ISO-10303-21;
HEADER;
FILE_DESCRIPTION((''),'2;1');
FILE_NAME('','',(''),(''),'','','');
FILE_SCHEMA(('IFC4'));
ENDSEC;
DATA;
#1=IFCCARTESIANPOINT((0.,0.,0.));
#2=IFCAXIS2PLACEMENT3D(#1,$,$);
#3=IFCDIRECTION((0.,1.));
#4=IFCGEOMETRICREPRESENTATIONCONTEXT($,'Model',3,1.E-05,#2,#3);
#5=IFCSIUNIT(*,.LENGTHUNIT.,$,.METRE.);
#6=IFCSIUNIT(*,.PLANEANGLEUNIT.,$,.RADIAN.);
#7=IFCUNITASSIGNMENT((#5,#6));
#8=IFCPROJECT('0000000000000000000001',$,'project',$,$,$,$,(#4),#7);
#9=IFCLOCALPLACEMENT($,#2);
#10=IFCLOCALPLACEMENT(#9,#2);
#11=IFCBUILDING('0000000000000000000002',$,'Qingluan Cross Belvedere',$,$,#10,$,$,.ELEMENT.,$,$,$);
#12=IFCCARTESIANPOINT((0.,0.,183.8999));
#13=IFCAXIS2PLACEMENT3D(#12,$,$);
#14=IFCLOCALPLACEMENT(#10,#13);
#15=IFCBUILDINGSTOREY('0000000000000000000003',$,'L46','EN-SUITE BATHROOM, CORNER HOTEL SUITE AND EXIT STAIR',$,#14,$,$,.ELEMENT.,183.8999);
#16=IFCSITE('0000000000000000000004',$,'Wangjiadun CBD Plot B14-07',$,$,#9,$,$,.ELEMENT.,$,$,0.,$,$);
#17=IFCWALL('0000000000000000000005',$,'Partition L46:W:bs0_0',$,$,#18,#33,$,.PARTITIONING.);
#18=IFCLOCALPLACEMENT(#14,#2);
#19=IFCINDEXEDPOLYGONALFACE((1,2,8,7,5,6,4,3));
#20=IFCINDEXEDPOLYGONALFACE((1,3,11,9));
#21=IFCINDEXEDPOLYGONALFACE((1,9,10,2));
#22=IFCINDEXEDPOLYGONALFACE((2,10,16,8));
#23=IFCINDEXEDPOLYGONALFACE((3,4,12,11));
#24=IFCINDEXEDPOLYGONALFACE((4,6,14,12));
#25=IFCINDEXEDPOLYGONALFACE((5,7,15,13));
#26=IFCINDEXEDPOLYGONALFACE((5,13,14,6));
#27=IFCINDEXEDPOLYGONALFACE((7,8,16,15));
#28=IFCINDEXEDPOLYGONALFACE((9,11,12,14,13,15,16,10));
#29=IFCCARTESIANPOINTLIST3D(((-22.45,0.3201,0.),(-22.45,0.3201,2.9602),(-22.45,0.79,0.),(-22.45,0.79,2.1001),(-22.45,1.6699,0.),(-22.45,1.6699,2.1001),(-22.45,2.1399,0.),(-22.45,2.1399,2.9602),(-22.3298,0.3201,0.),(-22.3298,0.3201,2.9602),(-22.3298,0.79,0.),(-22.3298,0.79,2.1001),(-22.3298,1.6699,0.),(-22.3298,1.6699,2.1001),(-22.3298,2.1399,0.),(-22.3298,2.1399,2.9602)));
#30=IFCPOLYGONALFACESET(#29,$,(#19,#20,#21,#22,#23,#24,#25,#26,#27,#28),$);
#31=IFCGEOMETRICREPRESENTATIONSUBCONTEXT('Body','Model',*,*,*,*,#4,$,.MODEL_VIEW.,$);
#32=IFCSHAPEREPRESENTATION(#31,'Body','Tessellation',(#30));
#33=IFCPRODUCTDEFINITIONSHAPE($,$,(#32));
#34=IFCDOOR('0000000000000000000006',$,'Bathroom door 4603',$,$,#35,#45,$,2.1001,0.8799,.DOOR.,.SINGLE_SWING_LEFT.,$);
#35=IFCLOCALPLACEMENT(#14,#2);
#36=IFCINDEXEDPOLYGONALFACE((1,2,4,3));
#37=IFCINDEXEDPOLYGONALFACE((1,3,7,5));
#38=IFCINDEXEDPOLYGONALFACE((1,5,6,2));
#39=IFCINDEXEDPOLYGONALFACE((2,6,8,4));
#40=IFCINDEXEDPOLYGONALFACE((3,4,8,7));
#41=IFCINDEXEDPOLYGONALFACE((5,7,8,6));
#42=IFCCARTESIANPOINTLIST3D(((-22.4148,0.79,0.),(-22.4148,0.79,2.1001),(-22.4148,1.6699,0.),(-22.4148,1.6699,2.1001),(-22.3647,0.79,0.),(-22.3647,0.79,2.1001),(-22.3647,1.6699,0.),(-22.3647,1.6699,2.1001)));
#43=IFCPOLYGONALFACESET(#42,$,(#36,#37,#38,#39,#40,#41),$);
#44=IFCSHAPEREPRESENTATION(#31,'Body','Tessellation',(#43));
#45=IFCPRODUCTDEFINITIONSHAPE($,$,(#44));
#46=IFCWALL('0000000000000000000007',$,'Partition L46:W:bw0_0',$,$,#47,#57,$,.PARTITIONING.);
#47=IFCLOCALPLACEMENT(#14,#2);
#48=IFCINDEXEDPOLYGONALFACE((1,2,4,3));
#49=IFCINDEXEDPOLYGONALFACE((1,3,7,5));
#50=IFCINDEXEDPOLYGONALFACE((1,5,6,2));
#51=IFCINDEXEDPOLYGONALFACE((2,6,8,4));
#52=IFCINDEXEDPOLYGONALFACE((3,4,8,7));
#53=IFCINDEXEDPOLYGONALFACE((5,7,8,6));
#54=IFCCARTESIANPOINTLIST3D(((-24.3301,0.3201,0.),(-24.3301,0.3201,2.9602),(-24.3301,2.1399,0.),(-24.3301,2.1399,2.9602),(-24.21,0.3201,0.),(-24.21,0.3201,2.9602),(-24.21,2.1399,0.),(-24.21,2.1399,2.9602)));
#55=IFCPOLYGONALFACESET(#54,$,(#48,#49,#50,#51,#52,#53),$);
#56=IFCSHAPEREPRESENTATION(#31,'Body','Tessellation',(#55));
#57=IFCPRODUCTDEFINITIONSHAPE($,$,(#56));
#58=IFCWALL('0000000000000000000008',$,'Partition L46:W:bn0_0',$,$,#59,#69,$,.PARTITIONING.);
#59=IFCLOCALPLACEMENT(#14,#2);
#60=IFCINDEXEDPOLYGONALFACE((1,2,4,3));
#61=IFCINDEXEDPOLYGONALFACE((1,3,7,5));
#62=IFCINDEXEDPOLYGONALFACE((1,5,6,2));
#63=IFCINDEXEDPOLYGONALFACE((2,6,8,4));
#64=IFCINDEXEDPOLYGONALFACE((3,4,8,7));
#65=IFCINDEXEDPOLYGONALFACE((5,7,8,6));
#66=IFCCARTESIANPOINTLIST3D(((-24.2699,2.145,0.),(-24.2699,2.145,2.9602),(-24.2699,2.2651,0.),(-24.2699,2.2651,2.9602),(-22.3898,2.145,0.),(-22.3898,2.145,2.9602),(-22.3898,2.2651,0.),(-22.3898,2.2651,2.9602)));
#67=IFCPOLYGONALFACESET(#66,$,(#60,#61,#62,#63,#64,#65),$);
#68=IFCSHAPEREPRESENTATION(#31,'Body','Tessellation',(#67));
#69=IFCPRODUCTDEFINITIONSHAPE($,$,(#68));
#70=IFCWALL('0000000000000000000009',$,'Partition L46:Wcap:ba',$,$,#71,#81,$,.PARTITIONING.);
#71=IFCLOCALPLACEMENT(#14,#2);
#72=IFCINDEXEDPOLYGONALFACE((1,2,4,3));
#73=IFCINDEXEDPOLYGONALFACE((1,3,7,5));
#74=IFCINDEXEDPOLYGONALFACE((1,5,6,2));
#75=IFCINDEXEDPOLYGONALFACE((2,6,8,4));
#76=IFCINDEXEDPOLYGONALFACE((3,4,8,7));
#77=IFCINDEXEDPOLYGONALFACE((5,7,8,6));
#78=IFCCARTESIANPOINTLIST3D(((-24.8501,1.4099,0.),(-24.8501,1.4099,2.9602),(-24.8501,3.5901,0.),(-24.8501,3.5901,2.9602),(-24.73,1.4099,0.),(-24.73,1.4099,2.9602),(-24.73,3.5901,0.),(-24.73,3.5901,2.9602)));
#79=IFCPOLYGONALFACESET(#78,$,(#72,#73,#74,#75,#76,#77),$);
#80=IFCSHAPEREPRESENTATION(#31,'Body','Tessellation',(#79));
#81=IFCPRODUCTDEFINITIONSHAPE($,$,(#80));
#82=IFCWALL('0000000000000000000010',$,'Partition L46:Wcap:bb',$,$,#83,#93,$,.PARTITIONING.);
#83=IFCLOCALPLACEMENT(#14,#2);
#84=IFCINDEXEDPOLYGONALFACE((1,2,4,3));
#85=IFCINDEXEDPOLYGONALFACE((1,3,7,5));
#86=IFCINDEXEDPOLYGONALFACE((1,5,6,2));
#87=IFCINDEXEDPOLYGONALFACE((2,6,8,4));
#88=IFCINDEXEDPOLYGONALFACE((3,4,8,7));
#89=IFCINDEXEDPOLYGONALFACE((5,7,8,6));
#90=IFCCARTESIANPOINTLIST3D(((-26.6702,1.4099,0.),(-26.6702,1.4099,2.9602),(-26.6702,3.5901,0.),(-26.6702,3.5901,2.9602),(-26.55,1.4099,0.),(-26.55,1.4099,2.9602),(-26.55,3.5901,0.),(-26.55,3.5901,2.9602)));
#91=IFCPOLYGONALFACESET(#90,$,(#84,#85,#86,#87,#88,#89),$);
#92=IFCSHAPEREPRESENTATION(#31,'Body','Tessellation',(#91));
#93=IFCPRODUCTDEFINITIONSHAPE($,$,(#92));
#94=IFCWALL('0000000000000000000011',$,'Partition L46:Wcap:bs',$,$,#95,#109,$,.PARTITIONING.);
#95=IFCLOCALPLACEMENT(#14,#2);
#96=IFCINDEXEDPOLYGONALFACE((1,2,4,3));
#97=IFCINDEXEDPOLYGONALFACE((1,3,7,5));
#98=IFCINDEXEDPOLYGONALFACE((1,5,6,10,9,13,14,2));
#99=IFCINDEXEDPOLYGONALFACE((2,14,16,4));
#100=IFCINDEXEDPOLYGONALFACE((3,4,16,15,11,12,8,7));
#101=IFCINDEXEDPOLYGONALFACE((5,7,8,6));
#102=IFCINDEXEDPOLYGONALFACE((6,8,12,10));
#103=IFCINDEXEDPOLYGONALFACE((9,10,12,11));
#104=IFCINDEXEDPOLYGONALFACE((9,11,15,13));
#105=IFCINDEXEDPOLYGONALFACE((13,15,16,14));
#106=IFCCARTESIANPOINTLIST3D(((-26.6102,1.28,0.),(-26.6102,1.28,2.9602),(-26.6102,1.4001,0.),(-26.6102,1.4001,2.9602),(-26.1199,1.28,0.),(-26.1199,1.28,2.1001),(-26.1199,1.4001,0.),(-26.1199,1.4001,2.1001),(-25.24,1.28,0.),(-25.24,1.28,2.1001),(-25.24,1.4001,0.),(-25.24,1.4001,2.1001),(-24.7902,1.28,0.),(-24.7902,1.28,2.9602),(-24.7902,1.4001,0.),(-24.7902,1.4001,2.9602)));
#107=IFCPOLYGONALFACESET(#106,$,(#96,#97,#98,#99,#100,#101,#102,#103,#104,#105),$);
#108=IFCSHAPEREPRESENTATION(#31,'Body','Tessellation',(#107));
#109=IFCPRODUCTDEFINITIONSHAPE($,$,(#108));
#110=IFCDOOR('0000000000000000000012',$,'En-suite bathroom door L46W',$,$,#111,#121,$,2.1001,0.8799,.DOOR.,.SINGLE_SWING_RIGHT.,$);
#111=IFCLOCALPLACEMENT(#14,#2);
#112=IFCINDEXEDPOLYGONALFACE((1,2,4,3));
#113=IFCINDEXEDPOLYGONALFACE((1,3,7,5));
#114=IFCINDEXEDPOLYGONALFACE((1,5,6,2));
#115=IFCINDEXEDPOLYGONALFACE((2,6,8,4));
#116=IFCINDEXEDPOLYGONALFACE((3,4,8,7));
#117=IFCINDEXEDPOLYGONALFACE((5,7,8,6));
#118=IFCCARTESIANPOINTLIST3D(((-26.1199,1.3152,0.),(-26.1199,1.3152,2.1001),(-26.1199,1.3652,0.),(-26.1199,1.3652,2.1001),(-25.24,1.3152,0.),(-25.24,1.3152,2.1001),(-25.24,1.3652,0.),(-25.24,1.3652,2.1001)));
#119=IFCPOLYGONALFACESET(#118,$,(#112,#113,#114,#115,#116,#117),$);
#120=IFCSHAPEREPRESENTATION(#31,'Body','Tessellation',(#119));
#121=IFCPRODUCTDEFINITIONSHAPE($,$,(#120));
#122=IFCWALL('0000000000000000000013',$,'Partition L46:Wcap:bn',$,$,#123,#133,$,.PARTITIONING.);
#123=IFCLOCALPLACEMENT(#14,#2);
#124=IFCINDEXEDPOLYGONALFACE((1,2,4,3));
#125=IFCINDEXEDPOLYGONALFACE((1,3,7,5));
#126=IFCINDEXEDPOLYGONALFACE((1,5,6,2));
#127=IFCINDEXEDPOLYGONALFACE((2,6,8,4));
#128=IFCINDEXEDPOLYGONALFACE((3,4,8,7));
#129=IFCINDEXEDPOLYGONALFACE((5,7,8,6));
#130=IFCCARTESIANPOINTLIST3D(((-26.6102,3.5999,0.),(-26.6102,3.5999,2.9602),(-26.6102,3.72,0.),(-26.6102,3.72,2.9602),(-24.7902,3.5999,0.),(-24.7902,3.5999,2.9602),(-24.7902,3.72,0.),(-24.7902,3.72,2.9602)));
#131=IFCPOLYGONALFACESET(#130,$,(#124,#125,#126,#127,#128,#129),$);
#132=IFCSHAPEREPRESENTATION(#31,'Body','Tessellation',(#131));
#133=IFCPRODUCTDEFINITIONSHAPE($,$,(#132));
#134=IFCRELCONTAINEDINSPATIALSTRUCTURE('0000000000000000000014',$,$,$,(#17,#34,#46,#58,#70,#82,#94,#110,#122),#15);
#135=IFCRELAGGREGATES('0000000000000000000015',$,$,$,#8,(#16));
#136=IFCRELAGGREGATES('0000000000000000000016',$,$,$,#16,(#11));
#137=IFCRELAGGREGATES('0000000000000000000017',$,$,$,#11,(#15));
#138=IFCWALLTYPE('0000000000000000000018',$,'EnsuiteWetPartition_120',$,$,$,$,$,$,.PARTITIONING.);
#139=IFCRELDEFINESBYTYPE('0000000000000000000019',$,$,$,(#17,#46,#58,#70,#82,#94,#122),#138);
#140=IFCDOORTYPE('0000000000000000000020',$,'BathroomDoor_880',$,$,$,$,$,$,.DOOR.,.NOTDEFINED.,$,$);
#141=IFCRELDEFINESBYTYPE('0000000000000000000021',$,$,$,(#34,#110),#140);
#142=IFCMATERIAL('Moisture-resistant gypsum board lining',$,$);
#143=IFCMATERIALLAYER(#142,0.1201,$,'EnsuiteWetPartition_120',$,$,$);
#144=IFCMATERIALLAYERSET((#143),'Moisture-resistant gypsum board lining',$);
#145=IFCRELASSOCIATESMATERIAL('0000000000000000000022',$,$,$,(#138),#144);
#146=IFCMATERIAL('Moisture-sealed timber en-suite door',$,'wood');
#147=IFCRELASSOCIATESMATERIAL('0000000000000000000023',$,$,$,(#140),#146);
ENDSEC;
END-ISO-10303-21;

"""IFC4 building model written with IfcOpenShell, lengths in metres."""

from ifc_helpers import new_model, si_unit, direction, frame, frame_2d, origin, place, context, subcontext, project, spatial, rectangle, extrude, material, layer, layer_set, type_object, element, fill, save


model = new_model("IFC4")

# Units and contexts
model_context = context("Model", 3, precision=1e-05, world=origin(), true_north=direction((0.0, 1.0)))
body_context = subcontext(model_context, "Body", "Model", "MODEL_VIEW")
ifc_project = project(units=[si_unit("LENGTHUNIT", "METRE"), si_unit("PLANEANGLEUNIT", "RADIAN")], contexts=[model_context])

# Site, building, storey
site_placement = place(None, origin())
site = spatial("IfcSite", under=ifc_project, at=site_placement, Name="Wangjiadun CBD Plot B14-07", CompositionType="ELEMENT", RefElevation=0.0)
building_placement = place(site_placement, origin())
building = spatial("IfcBuilding", under=site, at=building_placement, Name="Qingluan Cross Belvedere", CompositionType="ELEMENT")
storey_placement = place(building_placement, frame((0.0, 0.0, 183.8999)))
storey = spatial("IfcBuildingStorey", under=building, at=storey_placement, Name="L46", Description="EN-SUITE BATHROOM, CORNER HOTEL SUITE AND EXIT STAIR", CompositionType="ELEMENT", Elevation=183.8999)

# Wall, opening, door
ifc_material_1 = material(Name="Moisture-resistant gypsum board lining")
ifc_layer_1 = layer(ifc_material_1, 0.1201, Name="EnsuiteWetPartition_120")
ifc_layer_set_1 = layer_set([ifc_layer_1], Name="Moisture-resistant gypsum board lining")
wall_type_1 = type_object("IfcWallType", Name="EnsuiteWetPartition_120", PredefinedType="PARTITIONING", material=ifc_layer_set_1)
wall_1_placement = place(storey_placement, frame((-22.3899, 0.3201, 0.0), z_axis=(0.0, 0.0, 1.0), x_axis=(0.0, 1.0, 0.0)))
wall_1 = element("IfcWall", 1, at=wall_1_placement, inside=storey, type_object=wall_type_1, Name="Partition L46:W:bs0_0", PredefinedType="PARTITIONING", context=body_context, shape_type="SweptSolid", body=[
    extrude(rectangle(XDim=1.8198, YDim=0.1201, at=frame_2d((0.9099, 0.0))), origin(), (0.0, 0.0, 1.0), 2.9602),
])
opening_1_placement = place(wall_1_placement, frame((0.47, 0.0, 0.0)))
opening_1 = element("IfcOpeningElement", 2, at=opening_1_placement, cuts=wall_1, PredefinedType="OPENING", context=body_context, shape_type="SweptSolid", body=[
    extrude(rectangle(XDim=0.8799, YDim=2.1001, at=frame_2d((0.4399, 1.05))), frame((0.0, 0.0701, 0.0), z_axis=(0.0, -1.0, 0.0), x_axis=(1.0, 0.0, 0.0)), (0.0, 0.0, 1.0), 0.1401),
])
ifc_material_2 = material(Name="Moisture-sealed timber en-suite door", Category="wood")
door_type_1 = type_object("IfcDoorType", Name="BathroomDoor_880", OperationType="NOTDEFINED", PredefinedType="DOOR", material=ifc_material_2)
door_1_placement = place(opening_1_placement, origin())
door_1 = element("IfcDoor", 3, at=door_1_placement, inside=storey, type_object=door_type_1, Name="Bathroom door 4603", OperationType="SINGLE_SWING_LEFT", OverallHeight=2.1001, OverallWidth=0.8799, PredefinedType="DOOR", context=body_context, shape_type="SweptSolid", body=[
    extrude(rectangle(XDim=0.8799, YDim=2.1001, at=frame_2d((0.4399, 1.05))), frame((0.0, 0.0249, 0.0), z_axis=(0.0, -1.0, 0.0), x_axis=(1.0, 0.0, 0.0)), (0.0, 0.0, 1.0), 0.05),
])
fill(opening_1, door_1)

# Walls
wall_2_placement = place(storey_placement, frame((-24.27, 0.3201, 0.0), z_axis=(0.0, 0.0, 1.0), x_axis=(0.0, 1.0, 0.0)))
element("IfcWall", 4, at=wall_2_placement, inside=storey, type_object=wall_type_1, Name="Partition L46:W:bw0_0", PredefinedType="PARTITIONING", context=body_context, shape_type="SweptSolid", body=[
    extrude(rectangle(XDim=1.8198, YDim=0.1201, at=frame_2d((0.9099, 0.0))), origin(), (0.0, 0.0, 1.0), 2.9602),
])
wall_3_placement = place(storey_placement, frame((-22.3899, 2.2051, 0.0), z_axis=(0.0, 0.0, 1.0), x_axis=(-1.0, 0.0, 0.0)))
element("IfcWall", 5, at=wall_3_placement, inside=storey, type_object=wall_type_1, Name="Partition L46:W:bn0_0", PredefinedType="PARTITIONING", context=body_context, shape_type="SweptSolid", body=[
    extrude(rectangle(XDim=1.8801, YDim=0.1201, at=frame_2d((0.9399, 0.0))), origin(), (0.0, 0.0, 1.0), 2.9602),
])
for number, where, z_axis, x_axis, name in (
    (6, (-24.79, 1.4099, 0.0), (0.0, 0.0, 1.0), (0.0, 1.0, 0.0), "Partition L46:Wcap:ba"),
    (7, (-26.6101, 1.4099, 0.0), (0.0, 0.0, 1.0), (0.0, 1.0, 0.0), "Partition L46:Wcap:bb"),
):
    element("IfcWall", number, at=place(storey_placement, frame(where, z_axis=z_axis, x_axis=x_axis)), inside=storey, type_object=wall_type_1, Name=name, PredefinedType="PARTITIONING", context=body_context, shape_type="SweptSolid", body=[
        extrude(rectangle(XDim=2.1802, YDim=0.1201, at=frame_2d((1.0901, 0.0))), origin(), (0.0, 0.0, 1.0), 2.9602),
    ])

# Wall, opening, door
wall_4_placement = place(storey_placement, frame((-24.79, 1.3401, 0.0), z_axis=(0.0, 0.0, 1.0), x_axis=(-1.0, 0.0, 0.0)))
wall_4 = element("IfcWall", 8, at=wall_4_placement, inside=storey, type_object=wall_type_1, Name="Partition L46:Wcap:bs", PredefinedType="PARTITIONING", context=body_context, shape_type="SweptSolid", body=[
    extrude(rectangle(XDim=1.8201, YDim=0.1201, at=frame_2d((0.9102, 0.0))), origin(), (0.0, 0.0, 1.0), 2.9602),
])
opening_2_placement = place(wall_4_placement, frame((0.45, 0.0, 0.0)))
opening_2 = element("IfcOpeningElement", 9, at=opening_2_placement, cuts=wall_4, PredefinedType="OPENING", context=body_context, shape_type="SweptSolid", body=[
    extrude(rectangle(XDim=0.8799, YDim=2.1001, at=frame_2d((0.4399, 1.05))), frame((0.0, 0.0701, 0.0), z_axis=(0.0, -1.0, 0.0), x_axis=(1.0, 0.0, 0.0)), (0.0, 0.0, 1.0), 0.1401),
])
door_2_placement = place(opening_2_placement, origin())
door_2 = element("IfcDoor", 10, at=door_2_placement, inside=storey, type_object=door_type_1, Name="En-suite bathroom door L46W", OperationType="SINGLE_SWING_RIGHT", OverallHeight=2.1001, OverallWidth=0.8799, PredefinedType="DOOR", context=body_context, shape_type="SweptSolid", body=[
    extrude(rectangle(XDim=0.8799, YDim=2.1001, at=frame_2d((0.4399, 1.05))), frame((0.0, 0.0249, 0.0), z_axis=(0.0, -1.0, 0.0), x_axis=(1.0, 0.0, 0.0)), (0.0, 0.0, 1.0), 0.05),
])
fill(opening_2, door_2)

# Wall
wall_5_placement = place(storey_placement, frame((-24.79, 3.6599, 0.0), z_axis=(0.0, 0.0, 1.0), x_axis=(-1.0, 0.0, 0.0)))
element("IfcWall", 11, at=wall_5_placement, inside=storey, type_object=wall_type_1, Name="Partition L46:Wcap:bn", PredefinedType="PARTITIONING", context=body_context, shape_type="SweptSolid", body=[
    extrude(rectangle(XDim=1.8201, YDim=0.1201, at=frame_2d((0.9102, 0.0))), origin(), (0.0, 0.0, 1.0), 2.9602),
])

save(model, "model.ifc")
